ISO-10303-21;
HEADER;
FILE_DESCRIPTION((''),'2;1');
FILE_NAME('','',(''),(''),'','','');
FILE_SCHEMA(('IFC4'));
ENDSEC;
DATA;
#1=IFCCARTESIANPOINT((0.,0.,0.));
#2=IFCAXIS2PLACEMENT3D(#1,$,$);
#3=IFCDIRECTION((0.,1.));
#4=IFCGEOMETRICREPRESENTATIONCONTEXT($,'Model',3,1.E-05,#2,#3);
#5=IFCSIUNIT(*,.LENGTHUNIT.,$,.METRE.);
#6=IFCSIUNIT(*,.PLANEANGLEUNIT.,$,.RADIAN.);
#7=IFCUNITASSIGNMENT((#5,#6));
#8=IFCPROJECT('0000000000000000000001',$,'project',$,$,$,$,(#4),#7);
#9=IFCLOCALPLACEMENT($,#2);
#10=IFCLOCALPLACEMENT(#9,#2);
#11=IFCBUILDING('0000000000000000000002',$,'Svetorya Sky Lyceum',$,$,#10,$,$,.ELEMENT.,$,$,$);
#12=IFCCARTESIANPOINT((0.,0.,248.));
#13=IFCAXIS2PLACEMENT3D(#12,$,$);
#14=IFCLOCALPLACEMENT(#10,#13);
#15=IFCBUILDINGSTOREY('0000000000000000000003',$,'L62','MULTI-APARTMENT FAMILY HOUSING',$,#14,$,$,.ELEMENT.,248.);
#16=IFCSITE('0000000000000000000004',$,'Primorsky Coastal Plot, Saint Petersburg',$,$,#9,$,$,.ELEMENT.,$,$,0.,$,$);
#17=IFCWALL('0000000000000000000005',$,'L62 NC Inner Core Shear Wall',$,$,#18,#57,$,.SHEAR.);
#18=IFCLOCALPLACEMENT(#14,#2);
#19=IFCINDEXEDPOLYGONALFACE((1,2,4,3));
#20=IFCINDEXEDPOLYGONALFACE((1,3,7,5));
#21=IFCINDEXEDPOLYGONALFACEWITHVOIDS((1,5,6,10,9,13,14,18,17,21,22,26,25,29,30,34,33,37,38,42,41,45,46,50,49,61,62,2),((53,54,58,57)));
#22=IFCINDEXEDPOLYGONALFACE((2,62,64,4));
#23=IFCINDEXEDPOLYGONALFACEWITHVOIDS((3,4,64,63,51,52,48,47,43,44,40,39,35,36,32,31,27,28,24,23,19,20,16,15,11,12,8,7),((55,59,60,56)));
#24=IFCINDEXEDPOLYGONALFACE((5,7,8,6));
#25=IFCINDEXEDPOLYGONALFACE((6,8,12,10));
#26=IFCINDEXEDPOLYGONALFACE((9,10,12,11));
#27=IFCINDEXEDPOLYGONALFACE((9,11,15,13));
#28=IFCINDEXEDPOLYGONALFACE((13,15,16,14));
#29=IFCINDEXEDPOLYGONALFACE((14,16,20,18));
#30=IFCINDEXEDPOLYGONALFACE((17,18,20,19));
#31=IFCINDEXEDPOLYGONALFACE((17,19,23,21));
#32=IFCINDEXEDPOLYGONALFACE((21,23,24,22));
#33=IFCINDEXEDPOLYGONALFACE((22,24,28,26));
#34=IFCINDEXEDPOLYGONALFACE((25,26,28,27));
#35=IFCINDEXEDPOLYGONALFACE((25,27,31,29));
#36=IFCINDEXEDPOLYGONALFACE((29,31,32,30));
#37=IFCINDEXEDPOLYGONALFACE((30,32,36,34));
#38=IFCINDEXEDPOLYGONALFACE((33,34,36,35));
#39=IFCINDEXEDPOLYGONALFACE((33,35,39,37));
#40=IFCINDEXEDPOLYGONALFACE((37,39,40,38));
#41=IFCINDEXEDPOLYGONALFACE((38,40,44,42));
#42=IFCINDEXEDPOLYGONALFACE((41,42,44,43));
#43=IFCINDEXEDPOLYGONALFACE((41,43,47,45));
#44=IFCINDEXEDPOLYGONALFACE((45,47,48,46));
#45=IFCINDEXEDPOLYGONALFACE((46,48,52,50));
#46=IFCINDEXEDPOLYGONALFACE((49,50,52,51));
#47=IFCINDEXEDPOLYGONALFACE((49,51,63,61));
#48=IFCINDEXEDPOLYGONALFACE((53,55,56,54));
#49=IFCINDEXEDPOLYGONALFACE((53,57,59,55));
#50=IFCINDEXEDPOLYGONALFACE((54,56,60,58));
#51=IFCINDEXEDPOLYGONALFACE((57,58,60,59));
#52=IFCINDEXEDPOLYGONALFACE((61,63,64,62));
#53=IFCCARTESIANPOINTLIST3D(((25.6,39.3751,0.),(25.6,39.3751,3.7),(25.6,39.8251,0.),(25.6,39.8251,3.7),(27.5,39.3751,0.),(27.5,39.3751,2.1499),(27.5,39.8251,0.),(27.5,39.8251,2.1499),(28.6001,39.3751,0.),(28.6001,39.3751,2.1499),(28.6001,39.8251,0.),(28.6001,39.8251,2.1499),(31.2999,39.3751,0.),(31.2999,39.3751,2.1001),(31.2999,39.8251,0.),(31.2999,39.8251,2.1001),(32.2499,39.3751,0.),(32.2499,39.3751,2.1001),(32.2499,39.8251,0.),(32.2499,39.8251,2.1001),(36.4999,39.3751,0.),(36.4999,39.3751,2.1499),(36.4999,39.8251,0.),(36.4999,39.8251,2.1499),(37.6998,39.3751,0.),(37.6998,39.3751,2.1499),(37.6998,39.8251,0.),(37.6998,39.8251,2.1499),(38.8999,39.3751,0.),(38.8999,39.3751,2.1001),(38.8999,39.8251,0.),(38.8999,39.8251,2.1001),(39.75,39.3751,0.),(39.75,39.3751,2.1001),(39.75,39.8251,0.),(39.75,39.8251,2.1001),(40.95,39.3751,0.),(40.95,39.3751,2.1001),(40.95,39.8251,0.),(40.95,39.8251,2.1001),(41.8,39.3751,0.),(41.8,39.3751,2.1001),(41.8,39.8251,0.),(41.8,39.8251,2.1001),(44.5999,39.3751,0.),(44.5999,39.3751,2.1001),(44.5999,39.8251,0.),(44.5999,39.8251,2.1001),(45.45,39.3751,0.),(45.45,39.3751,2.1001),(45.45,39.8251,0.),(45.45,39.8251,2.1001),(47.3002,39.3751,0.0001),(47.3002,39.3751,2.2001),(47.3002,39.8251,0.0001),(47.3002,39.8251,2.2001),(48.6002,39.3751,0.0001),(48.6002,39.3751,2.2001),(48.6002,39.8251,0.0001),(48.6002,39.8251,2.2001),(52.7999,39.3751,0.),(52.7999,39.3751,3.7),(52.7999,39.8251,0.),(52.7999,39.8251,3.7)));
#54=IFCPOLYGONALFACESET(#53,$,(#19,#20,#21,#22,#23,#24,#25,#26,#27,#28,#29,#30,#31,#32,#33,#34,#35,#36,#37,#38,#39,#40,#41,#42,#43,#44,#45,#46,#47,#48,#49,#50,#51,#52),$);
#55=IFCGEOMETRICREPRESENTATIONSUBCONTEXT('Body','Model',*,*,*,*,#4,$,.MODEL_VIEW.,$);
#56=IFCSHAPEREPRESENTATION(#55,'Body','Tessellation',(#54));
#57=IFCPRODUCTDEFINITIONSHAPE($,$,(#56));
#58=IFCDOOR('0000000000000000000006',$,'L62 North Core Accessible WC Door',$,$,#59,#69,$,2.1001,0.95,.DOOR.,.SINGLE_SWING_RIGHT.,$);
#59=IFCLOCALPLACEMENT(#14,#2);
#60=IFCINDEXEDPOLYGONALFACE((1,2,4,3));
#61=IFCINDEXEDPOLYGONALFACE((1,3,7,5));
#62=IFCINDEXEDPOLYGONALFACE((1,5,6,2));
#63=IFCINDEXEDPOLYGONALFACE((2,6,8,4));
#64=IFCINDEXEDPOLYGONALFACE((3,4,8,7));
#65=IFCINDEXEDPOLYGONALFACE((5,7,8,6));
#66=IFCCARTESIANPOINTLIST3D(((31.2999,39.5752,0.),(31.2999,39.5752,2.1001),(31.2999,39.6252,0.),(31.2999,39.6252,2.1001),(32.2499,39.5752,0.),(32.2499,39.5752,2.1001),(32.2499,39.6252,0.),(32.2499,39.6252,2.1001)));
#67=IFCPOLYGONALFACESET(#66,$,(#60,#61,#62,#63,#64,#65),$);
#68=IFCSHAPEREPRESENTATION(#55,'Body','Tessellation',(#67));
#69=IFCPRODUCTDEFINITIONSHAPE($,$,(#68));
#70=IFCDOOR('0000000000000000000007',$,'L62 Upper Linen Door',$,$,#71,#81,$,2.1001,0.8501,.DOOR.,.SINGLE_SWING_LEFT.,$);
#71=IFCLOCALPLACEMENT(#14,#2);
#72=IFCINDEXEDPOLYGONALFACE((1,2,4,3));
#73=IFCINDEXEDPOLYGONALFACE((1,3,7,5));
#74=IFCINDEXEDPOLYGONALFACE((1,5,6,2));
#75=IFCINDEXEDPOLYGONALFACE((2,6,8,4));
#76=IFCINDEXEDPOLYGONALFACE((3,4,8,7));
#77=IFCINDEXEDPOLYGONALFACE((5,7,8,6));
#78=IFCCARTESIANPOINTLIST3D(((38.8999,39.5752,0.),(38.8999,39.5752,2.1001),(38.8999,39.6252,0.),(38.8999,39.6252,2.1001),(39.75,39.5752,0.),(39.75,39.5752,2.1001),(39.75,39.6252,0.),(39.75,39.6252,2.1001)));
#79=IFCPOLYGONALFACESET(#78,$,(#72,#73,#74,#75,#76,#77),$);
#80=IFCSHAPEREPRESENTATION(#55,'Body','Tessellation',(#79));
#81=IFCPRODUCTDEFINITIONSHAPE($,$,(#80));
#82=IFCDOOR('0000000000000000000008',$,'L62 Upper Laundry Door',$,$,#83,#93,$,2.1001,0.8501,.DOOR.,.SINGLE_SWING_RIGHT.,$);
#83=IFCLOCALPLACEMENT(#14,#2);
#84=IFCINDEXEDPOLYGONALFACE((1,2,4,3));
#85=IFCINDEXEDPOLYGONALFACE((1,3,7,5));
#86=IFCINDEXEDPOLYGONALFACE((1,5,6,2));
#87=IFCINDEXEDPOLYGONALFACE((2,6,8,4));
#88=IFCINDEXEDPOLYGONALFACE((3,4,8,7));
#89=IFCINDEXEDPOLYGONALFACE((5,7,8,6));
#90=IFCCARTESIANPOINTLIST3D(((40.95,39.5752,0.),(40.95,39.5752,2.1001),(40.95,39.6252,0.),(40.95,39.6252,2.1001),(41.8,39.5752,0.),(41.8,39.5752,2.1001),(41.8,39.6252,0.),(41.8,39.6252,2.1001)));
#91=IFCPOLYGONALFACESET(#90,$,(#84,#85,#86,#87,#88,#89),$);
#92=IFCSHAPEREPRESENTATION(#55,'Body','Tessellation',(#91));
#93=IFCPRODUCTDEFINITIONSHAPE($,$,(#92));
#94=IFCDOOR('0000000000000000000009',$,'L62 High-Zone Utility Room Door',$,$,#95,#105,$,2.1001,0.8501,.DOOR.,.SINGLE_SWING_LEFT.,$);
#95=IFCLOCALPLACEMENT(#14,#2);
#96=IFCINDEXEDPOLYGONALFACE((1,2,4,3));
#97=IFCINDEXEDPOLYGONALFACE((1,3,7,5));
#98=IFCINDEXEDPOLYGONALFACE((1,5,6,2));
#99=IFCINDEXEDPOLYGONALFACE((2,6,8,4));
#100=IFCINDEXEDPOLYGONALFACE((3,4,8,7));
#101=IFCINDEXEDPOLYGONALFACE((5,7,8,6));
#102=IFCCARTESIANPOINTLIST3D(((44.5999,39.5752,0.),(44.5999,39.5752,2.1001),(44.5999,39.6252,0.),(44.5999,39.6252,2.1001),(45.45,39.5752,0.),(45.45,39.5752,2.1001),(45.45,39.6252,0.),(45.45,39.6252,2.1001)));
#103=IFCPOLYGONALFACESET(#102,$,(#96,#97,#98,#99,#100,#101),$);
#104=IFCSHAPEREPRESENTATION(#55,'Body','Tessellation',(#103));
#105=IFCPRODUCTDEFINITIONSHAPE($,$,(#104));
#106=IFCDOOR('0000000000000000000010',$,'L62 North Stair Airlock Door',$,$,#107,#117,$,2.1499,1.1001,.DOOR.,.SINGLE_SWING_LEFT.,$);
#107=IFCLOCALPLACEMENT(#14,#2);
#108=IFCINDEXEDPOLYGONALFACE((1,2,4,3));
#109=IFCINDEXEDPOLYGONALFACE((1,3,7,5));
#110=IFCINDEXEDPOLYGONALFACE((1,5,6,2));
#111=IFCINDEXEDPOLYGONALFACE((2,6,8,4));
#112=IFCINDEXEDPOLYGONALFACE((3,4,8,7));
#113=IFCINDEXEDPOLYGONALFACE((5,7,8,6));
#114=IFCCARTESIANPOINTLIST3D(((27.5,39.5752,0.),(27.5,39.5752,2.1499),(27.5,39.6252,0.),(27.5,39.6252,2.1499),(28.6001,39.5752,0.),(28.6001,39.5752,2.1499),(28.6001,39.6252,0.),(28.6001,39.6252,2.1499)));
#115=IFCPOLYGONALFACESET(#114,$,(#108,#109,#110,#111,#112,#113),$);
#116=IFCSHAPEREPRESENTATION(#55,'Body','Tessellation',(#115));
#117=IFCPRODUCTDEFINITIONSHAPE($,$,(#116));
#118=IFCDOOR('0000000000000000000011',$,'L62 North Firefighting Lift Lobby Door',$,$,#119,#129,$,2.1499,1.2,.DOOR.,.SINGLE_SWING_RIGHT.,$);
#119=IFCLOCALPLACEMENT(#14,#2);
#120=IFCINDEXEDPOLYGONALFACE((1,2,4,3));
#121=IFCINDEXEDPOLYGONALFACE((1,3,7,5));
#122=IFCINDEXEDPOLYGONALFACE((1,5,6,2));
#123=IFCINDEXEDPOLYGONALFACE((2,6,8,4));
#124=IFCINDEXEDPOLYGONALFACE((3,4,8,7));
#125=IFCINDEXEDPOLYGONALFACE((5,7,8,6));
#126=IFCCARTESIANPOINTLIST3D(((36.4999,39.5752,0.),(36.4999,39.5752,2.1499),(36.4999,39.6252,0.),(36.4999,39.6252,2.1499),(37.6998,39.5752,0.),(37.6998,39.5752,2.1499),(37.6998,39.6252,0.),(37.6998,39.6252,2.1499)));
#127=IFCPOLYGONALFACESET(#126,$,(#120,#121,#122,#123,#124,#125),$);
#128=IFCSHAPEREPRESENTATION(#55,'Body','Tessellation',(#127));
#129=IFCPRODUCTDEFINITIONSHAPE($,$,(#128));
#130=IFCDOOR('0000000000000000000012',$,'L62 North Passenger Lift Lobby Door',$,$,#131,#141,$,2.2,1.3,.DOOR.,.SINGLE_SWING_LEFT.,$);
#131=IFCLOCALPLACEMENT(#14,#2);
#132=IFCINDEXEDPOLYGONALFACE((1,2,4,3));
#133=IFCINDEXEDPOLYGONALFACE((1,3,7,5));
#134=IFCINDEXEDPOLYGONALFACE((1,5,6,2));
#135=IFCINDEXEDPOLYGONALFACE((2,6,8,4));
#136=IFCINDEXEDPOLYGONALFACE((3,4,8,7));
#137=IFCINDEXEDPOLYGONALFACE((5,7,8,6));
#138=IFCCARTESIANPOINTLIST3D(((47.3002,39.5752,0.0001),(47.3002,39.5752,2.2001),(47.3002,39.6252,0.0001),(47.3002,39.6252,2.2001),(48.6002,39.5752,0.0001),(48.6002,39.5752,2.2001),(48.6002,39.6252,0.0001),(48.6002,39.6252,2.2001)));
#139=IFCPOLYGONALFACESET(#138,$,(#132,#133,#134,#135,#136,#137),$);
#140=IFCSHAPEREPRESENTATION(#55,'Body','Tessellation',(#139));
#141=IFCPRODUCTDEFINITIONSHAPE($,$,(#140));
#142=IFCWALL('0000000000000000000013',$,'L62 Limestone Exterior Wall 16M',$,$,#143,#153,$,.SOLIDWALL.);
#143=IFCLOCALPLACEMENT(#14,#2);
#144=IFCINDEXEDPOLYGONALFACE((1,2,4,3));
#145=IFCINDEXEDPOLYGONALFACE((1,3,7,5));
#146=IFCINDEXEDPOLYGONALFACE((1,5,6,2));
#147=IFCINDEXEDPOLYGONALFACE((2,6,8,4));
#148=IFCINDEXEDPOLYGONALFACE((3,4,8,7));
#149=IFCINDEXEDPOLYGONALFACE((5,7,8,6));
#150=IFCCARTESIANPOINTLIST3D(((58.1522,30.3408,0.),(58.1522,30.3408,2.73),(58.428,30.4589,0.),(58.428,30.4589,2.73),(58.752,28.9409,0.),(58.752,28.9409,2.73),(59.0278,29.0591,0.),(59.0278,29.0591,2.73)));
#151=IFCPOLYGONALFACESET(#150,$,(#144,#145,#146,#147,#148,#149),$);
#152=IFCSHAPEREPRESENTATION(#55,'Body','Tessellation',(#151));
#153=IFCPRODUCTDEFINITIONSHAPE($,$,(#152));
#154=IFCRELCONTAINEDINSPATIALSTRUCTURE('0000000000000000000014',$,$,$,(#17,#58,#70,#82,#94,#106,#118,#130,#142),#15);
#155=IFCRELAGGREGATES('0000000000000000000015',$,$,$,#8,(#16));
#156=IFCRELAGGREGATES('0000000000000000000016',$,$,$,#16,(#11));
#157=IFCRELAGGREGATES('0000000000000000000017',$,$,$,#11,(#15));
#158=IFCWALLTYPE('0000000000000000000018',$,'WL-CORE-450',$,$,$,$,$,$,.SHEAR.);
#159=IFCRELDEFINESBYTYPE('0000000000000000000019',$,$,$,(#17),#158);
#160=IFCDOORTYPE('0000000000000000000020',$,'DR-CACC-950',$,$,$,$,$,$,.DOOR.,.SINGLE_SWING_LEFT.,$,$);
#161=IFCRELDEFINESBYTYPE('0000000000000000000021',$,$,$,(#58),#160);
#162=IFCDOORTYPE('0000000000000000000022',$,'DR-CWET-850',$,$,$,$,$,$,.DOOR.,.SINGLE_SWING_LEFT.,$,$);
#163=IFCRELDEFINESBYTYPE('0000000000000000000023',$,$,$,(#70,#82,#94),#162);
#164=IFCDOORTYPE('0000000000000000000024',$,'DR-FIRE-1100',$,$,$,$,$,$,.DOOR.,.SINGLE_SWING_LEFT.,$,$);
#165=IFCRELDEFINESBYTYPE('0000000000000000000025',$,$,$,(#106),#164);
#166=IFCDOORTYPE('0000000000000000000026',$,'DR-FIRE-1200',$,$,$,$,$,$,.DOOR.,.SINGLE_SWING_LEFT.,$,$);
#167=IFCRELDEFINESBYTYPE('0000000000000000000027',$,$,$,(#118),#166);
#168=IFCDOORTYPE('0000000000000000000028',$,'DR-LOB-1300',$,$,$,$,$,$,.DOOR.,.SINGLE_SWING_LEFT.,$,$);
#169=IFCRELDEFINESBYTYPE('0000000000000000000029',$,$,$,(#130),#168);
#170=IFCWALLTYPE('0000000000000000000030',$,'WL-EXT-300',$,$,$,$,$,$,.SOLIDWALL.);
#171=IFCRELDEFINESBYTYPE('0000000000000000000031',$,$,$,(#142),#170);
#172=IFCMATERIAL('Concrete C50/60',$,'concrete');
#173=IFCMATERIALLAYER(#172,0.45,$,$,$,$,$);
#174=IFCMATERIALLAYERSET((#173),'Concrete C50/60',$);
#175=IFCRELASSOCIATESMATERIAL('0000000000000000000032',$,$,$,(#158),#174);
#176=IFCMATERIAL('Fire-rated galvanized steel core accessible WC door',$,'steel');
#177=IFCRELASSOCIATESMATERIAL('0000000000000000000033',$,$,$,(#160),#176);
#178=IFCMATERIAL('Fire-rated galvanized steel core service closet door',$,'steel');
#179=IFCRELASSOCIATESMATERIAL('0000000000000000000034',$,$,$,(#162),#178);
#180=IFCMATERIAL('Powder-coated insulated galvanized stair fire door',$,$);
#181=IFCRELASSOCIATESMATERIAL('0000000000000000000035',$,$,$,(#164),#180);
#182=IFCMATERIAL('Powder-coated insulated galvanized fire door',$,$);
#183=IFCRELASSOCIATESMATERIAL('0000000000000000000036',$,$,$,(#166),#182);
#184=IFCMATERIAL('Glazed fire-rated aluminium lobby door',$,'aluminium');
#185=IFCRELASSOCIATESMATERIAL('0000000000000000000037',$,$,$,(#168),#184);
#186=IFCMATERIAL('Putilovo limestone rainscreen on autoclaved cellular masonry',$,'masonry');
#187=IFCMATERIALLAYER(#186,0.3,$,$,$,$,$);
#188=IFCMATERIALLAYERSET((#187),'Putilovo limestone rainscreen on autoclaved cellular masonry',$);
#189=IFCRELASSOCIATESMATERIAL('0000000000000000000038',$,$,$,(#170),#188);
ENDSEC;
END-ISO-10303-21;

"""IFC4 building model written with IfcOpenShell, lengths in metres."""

from ifc_helpers import new_model, si_unit, direction, frame, frame_2d, origin, place, context, subcontext, project, spatial, rectangle, extrude, material, layer, layer_set, type_object, element, fill, save


model = new_model("IFC4")

# Units and contexts
model_context = context("Model", 3, precision=1e-05, world=origin(), true_north=direction((0.0, 1.0)))
body_context = subcontext(model_context, "Body", "Model", "MODEL_VIEW")
ifc_project = project(units=[si_unit("LENGTHUNIT", "METRE"), si_unit("PLANEANGLEUNIT", "RADIAN")], contexts=[model_context])

# Site, building, storey
site_placement = place(None, origin())
site = spatial("IfcSite", under=ifc_project, at=site_placement, Name="Primorsky Coastal Plot, Saint Petersburg", CompositionType="ELEMENT", RefElevation=0.0)
building_placement = place(site_placement, origin())
building = spatial("IfcBuilding", under=site, at=building_placement, Name="Svetorya Sky Lyceum", CompositionType="ELEMENT")
storey_placement = place(building_placement, frame((0.0, 0.0, 248.0)))
storey = spatial("IfcBuildingStorey", under=building, at=storey_placement, Name="L62", Description="MULTI-APARTMENT FAMILY HOUSING", CompositionType="ELEMENT", Elevation=248.0)

# Shared definitions
ifc_material_1 = material(Name="Concrete C50/60", Category="concrete")

# Wall, openings, doors
ifc_layer_1 = layer(ifc_material_1, 0.45)
ifc_layer_set_1 = layer_set([ifc_layer_1], Name="Concrete C50/60")
wall_type_1 = type_object("IfcWallType", Name="WL-CORE-450", PredefinedType="SHEAR", material=ifc_layer_set_1)
wall_1_placement = place(storey_placement, frame((52.8, 39.6001, 0.0), z_axis=(0.0, 0.0, 1.0), x_axis=(-1.0, 0.0, 0.0)))
wall_1 = element("IfcWall", 1, at=wall_1_placement, inside=storey, type_object=wall_type_1, Name="L62 NC Inner Core Shear Wall", PredefinedType="SHEAR", context=body_context, shape_type="SweptSolid", body=[
    extrude(rectangle(XDim=27.2, YDim=0.45, at=frame_2d((13.6001, 0.0))), origin(), (0.0, 0.0, 1.0), 3.7),
])
opening_1_placement = place(wall_1_placement, frame((24.2, 0.0, 0.0)))
opening_1 = element("IfcOpeningElement", 2, at=opening_1_placement, cuts=wall_1, PredefinedType="OPENING", context=body_context, shape_type="SweptSolid", body=[
    extrude(rectangle(XDim=1.1001, YDim=2.1499, at=frame_2d((0.55, 1.075))), frame((0.0, 0.2349, 0.0), z_axis=(0.0, -1.0, 0.0), x_axis=(1.0, 0.0, 0.0)), (0.0, 0.0, 1.0), 0.47),
])
opening_2_placement = place(wall_1_placement, frame((20.55, 0.0, 0.0)))
opening_2 = element("IfcOpeningElement", 3, at=opening_2_placement, cuts=wall_1, PredefinedType="OPENING", context=body_context, shape_type="SweptSolid", body=[
    extrude(rectangle(XDim=0.95, YDim=2.1001, at=frame_2d((0.4751, 1.05))), frame((0.0, 0.2349, 0.0), z_axis=(0.0, -1.0, 0.0), x_axis=(1.0, 0.0, 0.0)), (0.0, 0.0, 1.0), 0.47),
])
opening_3_placement = place(wall_1_placement, frame((15.1001, 0.0, 0.0)))
opening_3 = element("IfcOpeningElement", 4, at=opening_3_placement, cuts=wall_1, PredefinedType="OPENING", context=body_context, shape_type="SweptSolid", body=[
    extrude(rectangle(XDim=1.2, YDim=2.1499, at=frame_2d((0.6001, 1.075))), frame((0.0, 0.2349, 0.0), z_axis=(0.0, -1.0, 0.0), x_axis=(1.0, 0.0, 0.0)), (0.0, 0.0, 1.0), 0.47),
])
opening_4_placement = place(wall_1_placement, frame((13.05, 0.0, 0.0)))
opening_4 = element("IfcOpeningElement", 5, at=opening_4_placement, cuts=wall_1, PredefinedType="OPENING", context=body_context, shape_type="SweptSolid", body=[
    extrude(rectangle(XDim=0.8501, YDim=2.1001, at=frame_2d((0.425, 1.05))), frame((0.0, 0.2349, 0.0), z_axis=(0.0, -1.0, 0.0), x_axis=(1.0, 0.0, 0.0)), (0.0, 0.0, 1.0), 0.47),
])
opening_5_placement = place(wall_1_placement, frame((11.0, 0.0, 0.0)))
opening_5 = element("IfcOpeningElement", 6, at=opening_5_placement, cuts=wall_1, PredefinedType="OPENING", context=body_context, shape_type="SweptSolid", body=[
    extrude(rectangle(XDim=0.8501, YDim=2.1001, at=frame_2d((0.425, 1.05))), frame((0.0, 0.2349, 0.0), z_axis=(0.0, -1.0, 0.0), x_axis=(1.0, 0.0, 0.0)), (0.0, 0.0, 1.0), 0.47),
])
opening_6_placement = place(wall_1_placement, frame((7.3501, 0.0, 0.0)))
opening_6 = element("IfcOpeningElement", 7, at=opening_6_placement, cuts=wall_1, PredefinedType="OPENING", context=body_context, shape_type="SweptSolid", body=[
    extrude(rectangle(XDim=0.8501, YDim=2.1001, at=frame_2d((0.425, 1.05))), frame((0.0, 0.2349, 0.0), z_axis=(0.0, -1.0, 0.0), x_axis=(1.0, 0.0, 0.0)), (0.0, 0.0, 1.0), 0.47),
])
opening_7_placement = place(wall_1_placement, frame((4.2, 0.0, 0.0)))
opening_7 = element("IfcOpeningElement", 8, at=opening_7_placement, cuts=wall_1, PredefinedType="OPENING", context=body_context, shape_type="SweptSolid", body=[
    extrude(rectangle(XDim=1.3, YDim=2.2, at=frame_2d((0.6499, 1.1001))), frame((0.0, 0.2349, 0.0), z_axis=(0.0, -1.0, 0.0), x_axis=(1.0, 0.0, 0.0)), (0.0, 0.0, 1.0), 0.47),
])
ifc_material_2 = material(Name="Fire-rated galvanized steel core accessible WC door", Category="steel")
door_type_1 = type_object("IfcDoorType", Name="DR-CACC-950", OperationType="SINGLE_SWING_LEFT", PredefinedType="DOOR", material=ifc_material_2)
door_1_placement = place(opening_2_placement, origin())
door_1 = element("IfcDoor", 9, at=door_1_placement, inside=storey, type_object=door_type_1, Name="L62 North Core Accessible WC Door", OperationType="SINGLE_SWING_RIGHT", OverallHeight=2.1001, OverallWidth=0.95, PredefinedType="DOOR", context=body_context, shape_type="SweptSolid", body=[
    extrude(rectangle(XDim=0.95, YDim=2.1001, at=frame_2d((0.4751, 1.05))), frame((0.0, 0.0249, 0.0), z_axis=(0.0, -1.0, 0.0), x_axis=(1.0, 0.0, 0.0)), (0.0, 0.0, 1.0), 0.05),
])
fill(opening_2, door_1)
ifc_material_3 = material(Name="Fire-rated galvanized steel core service closet door", Category="steel")
door_type_2 = type_object("IfcDoorType", Name="DR-CWET-850", OperationType="SINGLE_SWING_LEFT", PredefinedType="DOOR", material=ifc_material_3)
door_2_placement = place(opening_4_placement, origin())
door_2 = element("IfcDoor", 10, at=door_2_placement, inside=storey, type_object=door_type_2, Name="L62 Upper Linen Door", OperationType="SINGLE_SWING_LEFT", OverallHeight=2.1001, OverallWidth=0.8501, PredefinedType="DOOR", context=body_context, shape_type="SweptSolid", body=[
    extrude(rectangle(XDim=0.8501, YDim=2.1001, at=frame_2d((0.425, 1.05))), frame((0.0, 0.0249, 0.0), z_axis=(0.0, -1.0, 0.0), x_axis=(1.0, 0.0, 0.0)), (0.0, 0.0, 1.0), 0.05),
])
fill(opening_4, door_2)
door_3_placement = place(opening_5_placement, origin())
door_3 = element("IfcDoor", 11, at=door_3_placement, inside=storey, type_object=door_type_2, Name="L62 Upper Laundry Door", OperationType="SINGLE_SWING_RIGHT", OverallHeight=2.1001, OverallWidth=0.8501, PredefinedType="DOOR", context=body_context, shape_type="SweptSolid", body=[
    extrude(rectangle(XDim=0.8501, YDim=2.1001, at=frame_2d((0.425, 1.05))), frame((0.0, 0.0249, 0.0), z_axis=(0.0, -1.0, 0.0), x_axis=(1.0, 0.0, 0.0)), (0.0, 0.0, 1.0), 0.05),
])
fill(opening_5, door_3)
door_4_placement = place(opening_6_placement, origin())
door_4 = element("IfcDoor", 12, at=door_4_placement, inside=storey, type_object=door_type_2, Name="L62 High-Zone Utility Room Door", OperationType="SINGLE_SWING_LEFT", OverallHeight=2.1001, OverallWidth=0.8501, PredefinedType="DOOR", context=body_context, shape_type="SweptSolid", body=[
    extrude(rectangle(XDim=0.8501, YDim=2.1001, at=frame_2d((0.425, 1.05))), frame((0.0, 0.0249, 0.0), z_axis=(0.0, -1.0, 0.0), x_axis=(1.0, 0.0, 0.0)), (0.0, 0.0, 1.0), 0.05),
])
fill(opening_6, door_4)
ifc_material_4 = material(Name="Powder-coated insulated galvanized stair fire door")
door_type_3 = type_object("IfcDoorType", Name="DR-FIRE-1100", OperationType="SINGLE_SWING_LEFT", PredefinedType="DOOR", material=ifc_material_4)
door_5_placement = place(opening_1_placement, origin())
door_5 = element("IfcDoor", 13, at=door_5_placement, inside=storey, type_object=door_type_3, Name="L62 North Stair Airlock Door", OperationType="SINGLE_SWING_LEFT", OverallHeight=2.1499, OverallWidth=1.1001, PredefinedType="DOOR", context=body_context, shape_type="SweptSolid", body=[
    extrude(rectangle(XDim=1.1001, YDim=2.1499, at=frame_2d((0.55, 1.075))), frame((0.0, 0.0249, 0.0), z_axis=(0.0, -1.0, 0.0), x_axis=(1.0, 0.0, 0.0)), (0.0, 0.0, 1.0), 0.05),
])
fill(opening_1, door_5)
ifc_material_5 = material(Name="Powder-coated insulated galvanized fire door")
door_type_4 = type_object("IfcDoorType", Name="DR-FIRE-1200", OperationType="SINGLE_SWING_LEFT", PredefinedType="DOOR", material=ifc_material_5)
door_6_placement = place(opening_3_placement, origin())
door_6 = element("IfcDoor", 14, at=door_6_placement, inside=storey, type_object=door_type_4, Name="L62 North Firefighting Lift Lobby Door", OperationType="SINGLE_SWING_RIGHT", OverallHeight=2.1499, OverallWidth=1.2, PredefinedType="DOOR", context=body_context, shape_type="SweptSolid", body=[
    extrude(rectangle(XDim=1.2, YDim=2.1499, at=frame_2d((0.6001, 1.075))), frame((0.0, 0.0249, 0.0), z_axis=(0.0, -1.0, 0.0), x_axis=(1.0, 0.0, 0.0)), (0.0, 0.0, 1.0), 0.05),
])
fill(opening_3, door_6)
ifc_material_6 = material(Name="Glazed fire-rated aluminium lobby door", Category="aluminium")
door_type_5 = type_object("IfcDoorType", Name="DR-LOB-1300", OperationType="SINGLE_SWING_LEFT", PredefinedType="DOOR", material=ifc_material_6)
door_7_placement = place(opening_7_placement, origin())
door_7 = element("IfcDoor", 15, at=door_7_placement, inside=storey, type_object=door_type_5, Name="L62 North Passenger Lift Lobby Door", OperationType="SINGLE_SWING_LEFT", OverallHeight=2.2, OverallWidth=1.3, PredefinedType="DOOR", context=body_context, shape_type="SweptSolid", body=[
    extrude(rectangle(XDim=1.3, YDim=2.2, at=frame_2d((0.6499, 1.1001))), frame((0.0, 0.0249, 0.0), z_axis=(0.0, -1.0, 0.0), x_axis=(1.0, 0.0, 0.0)), (0.0, 0.0, 1.0), 0.05),
])
fill(opening_7, door_7)

# Wall
ifc_material_7 = material(Name="Putilovo limestone rainscreen on autoclaved cellular masonry", Category="masonry")
ifc_layer_2 = layer(ifc_material_7, 0.3)
ifc_layer_set_2 = layer_set([ifc_layer_2], Name="Putilovo limestone rainscreen on autoclaved cellular masonry")
wall_type_2 = type_object("IfcWallType", Name="WL-EXT-300", PredefinedType="SOLIDWALL", material=ifc_layer_set_2)
wall_2_placement = place(storey_placement, frame((58.8899, 29.0, 0.0), z_axis=(0.0, 0.0, 1.0), x_axis=(-0.393861, 0.91917, 0.0)))
element("IfcWall", 16, at=wall_2_placement, inside=storey, type_object=wall_type_2, Name="L62 Limestone Exterior Wall 16M", PredefinedType="SOLIDWALL", context=body_context, shape_type="SweptSolid", body=[
    extrude(rectangle(XDim=1.5229, YDim=0.3, at=frame_2d((0.7615, 0.0))), origin(), (0.0, 0.0, 1.0), 2.73),
])

save(model, "model.ifc")
